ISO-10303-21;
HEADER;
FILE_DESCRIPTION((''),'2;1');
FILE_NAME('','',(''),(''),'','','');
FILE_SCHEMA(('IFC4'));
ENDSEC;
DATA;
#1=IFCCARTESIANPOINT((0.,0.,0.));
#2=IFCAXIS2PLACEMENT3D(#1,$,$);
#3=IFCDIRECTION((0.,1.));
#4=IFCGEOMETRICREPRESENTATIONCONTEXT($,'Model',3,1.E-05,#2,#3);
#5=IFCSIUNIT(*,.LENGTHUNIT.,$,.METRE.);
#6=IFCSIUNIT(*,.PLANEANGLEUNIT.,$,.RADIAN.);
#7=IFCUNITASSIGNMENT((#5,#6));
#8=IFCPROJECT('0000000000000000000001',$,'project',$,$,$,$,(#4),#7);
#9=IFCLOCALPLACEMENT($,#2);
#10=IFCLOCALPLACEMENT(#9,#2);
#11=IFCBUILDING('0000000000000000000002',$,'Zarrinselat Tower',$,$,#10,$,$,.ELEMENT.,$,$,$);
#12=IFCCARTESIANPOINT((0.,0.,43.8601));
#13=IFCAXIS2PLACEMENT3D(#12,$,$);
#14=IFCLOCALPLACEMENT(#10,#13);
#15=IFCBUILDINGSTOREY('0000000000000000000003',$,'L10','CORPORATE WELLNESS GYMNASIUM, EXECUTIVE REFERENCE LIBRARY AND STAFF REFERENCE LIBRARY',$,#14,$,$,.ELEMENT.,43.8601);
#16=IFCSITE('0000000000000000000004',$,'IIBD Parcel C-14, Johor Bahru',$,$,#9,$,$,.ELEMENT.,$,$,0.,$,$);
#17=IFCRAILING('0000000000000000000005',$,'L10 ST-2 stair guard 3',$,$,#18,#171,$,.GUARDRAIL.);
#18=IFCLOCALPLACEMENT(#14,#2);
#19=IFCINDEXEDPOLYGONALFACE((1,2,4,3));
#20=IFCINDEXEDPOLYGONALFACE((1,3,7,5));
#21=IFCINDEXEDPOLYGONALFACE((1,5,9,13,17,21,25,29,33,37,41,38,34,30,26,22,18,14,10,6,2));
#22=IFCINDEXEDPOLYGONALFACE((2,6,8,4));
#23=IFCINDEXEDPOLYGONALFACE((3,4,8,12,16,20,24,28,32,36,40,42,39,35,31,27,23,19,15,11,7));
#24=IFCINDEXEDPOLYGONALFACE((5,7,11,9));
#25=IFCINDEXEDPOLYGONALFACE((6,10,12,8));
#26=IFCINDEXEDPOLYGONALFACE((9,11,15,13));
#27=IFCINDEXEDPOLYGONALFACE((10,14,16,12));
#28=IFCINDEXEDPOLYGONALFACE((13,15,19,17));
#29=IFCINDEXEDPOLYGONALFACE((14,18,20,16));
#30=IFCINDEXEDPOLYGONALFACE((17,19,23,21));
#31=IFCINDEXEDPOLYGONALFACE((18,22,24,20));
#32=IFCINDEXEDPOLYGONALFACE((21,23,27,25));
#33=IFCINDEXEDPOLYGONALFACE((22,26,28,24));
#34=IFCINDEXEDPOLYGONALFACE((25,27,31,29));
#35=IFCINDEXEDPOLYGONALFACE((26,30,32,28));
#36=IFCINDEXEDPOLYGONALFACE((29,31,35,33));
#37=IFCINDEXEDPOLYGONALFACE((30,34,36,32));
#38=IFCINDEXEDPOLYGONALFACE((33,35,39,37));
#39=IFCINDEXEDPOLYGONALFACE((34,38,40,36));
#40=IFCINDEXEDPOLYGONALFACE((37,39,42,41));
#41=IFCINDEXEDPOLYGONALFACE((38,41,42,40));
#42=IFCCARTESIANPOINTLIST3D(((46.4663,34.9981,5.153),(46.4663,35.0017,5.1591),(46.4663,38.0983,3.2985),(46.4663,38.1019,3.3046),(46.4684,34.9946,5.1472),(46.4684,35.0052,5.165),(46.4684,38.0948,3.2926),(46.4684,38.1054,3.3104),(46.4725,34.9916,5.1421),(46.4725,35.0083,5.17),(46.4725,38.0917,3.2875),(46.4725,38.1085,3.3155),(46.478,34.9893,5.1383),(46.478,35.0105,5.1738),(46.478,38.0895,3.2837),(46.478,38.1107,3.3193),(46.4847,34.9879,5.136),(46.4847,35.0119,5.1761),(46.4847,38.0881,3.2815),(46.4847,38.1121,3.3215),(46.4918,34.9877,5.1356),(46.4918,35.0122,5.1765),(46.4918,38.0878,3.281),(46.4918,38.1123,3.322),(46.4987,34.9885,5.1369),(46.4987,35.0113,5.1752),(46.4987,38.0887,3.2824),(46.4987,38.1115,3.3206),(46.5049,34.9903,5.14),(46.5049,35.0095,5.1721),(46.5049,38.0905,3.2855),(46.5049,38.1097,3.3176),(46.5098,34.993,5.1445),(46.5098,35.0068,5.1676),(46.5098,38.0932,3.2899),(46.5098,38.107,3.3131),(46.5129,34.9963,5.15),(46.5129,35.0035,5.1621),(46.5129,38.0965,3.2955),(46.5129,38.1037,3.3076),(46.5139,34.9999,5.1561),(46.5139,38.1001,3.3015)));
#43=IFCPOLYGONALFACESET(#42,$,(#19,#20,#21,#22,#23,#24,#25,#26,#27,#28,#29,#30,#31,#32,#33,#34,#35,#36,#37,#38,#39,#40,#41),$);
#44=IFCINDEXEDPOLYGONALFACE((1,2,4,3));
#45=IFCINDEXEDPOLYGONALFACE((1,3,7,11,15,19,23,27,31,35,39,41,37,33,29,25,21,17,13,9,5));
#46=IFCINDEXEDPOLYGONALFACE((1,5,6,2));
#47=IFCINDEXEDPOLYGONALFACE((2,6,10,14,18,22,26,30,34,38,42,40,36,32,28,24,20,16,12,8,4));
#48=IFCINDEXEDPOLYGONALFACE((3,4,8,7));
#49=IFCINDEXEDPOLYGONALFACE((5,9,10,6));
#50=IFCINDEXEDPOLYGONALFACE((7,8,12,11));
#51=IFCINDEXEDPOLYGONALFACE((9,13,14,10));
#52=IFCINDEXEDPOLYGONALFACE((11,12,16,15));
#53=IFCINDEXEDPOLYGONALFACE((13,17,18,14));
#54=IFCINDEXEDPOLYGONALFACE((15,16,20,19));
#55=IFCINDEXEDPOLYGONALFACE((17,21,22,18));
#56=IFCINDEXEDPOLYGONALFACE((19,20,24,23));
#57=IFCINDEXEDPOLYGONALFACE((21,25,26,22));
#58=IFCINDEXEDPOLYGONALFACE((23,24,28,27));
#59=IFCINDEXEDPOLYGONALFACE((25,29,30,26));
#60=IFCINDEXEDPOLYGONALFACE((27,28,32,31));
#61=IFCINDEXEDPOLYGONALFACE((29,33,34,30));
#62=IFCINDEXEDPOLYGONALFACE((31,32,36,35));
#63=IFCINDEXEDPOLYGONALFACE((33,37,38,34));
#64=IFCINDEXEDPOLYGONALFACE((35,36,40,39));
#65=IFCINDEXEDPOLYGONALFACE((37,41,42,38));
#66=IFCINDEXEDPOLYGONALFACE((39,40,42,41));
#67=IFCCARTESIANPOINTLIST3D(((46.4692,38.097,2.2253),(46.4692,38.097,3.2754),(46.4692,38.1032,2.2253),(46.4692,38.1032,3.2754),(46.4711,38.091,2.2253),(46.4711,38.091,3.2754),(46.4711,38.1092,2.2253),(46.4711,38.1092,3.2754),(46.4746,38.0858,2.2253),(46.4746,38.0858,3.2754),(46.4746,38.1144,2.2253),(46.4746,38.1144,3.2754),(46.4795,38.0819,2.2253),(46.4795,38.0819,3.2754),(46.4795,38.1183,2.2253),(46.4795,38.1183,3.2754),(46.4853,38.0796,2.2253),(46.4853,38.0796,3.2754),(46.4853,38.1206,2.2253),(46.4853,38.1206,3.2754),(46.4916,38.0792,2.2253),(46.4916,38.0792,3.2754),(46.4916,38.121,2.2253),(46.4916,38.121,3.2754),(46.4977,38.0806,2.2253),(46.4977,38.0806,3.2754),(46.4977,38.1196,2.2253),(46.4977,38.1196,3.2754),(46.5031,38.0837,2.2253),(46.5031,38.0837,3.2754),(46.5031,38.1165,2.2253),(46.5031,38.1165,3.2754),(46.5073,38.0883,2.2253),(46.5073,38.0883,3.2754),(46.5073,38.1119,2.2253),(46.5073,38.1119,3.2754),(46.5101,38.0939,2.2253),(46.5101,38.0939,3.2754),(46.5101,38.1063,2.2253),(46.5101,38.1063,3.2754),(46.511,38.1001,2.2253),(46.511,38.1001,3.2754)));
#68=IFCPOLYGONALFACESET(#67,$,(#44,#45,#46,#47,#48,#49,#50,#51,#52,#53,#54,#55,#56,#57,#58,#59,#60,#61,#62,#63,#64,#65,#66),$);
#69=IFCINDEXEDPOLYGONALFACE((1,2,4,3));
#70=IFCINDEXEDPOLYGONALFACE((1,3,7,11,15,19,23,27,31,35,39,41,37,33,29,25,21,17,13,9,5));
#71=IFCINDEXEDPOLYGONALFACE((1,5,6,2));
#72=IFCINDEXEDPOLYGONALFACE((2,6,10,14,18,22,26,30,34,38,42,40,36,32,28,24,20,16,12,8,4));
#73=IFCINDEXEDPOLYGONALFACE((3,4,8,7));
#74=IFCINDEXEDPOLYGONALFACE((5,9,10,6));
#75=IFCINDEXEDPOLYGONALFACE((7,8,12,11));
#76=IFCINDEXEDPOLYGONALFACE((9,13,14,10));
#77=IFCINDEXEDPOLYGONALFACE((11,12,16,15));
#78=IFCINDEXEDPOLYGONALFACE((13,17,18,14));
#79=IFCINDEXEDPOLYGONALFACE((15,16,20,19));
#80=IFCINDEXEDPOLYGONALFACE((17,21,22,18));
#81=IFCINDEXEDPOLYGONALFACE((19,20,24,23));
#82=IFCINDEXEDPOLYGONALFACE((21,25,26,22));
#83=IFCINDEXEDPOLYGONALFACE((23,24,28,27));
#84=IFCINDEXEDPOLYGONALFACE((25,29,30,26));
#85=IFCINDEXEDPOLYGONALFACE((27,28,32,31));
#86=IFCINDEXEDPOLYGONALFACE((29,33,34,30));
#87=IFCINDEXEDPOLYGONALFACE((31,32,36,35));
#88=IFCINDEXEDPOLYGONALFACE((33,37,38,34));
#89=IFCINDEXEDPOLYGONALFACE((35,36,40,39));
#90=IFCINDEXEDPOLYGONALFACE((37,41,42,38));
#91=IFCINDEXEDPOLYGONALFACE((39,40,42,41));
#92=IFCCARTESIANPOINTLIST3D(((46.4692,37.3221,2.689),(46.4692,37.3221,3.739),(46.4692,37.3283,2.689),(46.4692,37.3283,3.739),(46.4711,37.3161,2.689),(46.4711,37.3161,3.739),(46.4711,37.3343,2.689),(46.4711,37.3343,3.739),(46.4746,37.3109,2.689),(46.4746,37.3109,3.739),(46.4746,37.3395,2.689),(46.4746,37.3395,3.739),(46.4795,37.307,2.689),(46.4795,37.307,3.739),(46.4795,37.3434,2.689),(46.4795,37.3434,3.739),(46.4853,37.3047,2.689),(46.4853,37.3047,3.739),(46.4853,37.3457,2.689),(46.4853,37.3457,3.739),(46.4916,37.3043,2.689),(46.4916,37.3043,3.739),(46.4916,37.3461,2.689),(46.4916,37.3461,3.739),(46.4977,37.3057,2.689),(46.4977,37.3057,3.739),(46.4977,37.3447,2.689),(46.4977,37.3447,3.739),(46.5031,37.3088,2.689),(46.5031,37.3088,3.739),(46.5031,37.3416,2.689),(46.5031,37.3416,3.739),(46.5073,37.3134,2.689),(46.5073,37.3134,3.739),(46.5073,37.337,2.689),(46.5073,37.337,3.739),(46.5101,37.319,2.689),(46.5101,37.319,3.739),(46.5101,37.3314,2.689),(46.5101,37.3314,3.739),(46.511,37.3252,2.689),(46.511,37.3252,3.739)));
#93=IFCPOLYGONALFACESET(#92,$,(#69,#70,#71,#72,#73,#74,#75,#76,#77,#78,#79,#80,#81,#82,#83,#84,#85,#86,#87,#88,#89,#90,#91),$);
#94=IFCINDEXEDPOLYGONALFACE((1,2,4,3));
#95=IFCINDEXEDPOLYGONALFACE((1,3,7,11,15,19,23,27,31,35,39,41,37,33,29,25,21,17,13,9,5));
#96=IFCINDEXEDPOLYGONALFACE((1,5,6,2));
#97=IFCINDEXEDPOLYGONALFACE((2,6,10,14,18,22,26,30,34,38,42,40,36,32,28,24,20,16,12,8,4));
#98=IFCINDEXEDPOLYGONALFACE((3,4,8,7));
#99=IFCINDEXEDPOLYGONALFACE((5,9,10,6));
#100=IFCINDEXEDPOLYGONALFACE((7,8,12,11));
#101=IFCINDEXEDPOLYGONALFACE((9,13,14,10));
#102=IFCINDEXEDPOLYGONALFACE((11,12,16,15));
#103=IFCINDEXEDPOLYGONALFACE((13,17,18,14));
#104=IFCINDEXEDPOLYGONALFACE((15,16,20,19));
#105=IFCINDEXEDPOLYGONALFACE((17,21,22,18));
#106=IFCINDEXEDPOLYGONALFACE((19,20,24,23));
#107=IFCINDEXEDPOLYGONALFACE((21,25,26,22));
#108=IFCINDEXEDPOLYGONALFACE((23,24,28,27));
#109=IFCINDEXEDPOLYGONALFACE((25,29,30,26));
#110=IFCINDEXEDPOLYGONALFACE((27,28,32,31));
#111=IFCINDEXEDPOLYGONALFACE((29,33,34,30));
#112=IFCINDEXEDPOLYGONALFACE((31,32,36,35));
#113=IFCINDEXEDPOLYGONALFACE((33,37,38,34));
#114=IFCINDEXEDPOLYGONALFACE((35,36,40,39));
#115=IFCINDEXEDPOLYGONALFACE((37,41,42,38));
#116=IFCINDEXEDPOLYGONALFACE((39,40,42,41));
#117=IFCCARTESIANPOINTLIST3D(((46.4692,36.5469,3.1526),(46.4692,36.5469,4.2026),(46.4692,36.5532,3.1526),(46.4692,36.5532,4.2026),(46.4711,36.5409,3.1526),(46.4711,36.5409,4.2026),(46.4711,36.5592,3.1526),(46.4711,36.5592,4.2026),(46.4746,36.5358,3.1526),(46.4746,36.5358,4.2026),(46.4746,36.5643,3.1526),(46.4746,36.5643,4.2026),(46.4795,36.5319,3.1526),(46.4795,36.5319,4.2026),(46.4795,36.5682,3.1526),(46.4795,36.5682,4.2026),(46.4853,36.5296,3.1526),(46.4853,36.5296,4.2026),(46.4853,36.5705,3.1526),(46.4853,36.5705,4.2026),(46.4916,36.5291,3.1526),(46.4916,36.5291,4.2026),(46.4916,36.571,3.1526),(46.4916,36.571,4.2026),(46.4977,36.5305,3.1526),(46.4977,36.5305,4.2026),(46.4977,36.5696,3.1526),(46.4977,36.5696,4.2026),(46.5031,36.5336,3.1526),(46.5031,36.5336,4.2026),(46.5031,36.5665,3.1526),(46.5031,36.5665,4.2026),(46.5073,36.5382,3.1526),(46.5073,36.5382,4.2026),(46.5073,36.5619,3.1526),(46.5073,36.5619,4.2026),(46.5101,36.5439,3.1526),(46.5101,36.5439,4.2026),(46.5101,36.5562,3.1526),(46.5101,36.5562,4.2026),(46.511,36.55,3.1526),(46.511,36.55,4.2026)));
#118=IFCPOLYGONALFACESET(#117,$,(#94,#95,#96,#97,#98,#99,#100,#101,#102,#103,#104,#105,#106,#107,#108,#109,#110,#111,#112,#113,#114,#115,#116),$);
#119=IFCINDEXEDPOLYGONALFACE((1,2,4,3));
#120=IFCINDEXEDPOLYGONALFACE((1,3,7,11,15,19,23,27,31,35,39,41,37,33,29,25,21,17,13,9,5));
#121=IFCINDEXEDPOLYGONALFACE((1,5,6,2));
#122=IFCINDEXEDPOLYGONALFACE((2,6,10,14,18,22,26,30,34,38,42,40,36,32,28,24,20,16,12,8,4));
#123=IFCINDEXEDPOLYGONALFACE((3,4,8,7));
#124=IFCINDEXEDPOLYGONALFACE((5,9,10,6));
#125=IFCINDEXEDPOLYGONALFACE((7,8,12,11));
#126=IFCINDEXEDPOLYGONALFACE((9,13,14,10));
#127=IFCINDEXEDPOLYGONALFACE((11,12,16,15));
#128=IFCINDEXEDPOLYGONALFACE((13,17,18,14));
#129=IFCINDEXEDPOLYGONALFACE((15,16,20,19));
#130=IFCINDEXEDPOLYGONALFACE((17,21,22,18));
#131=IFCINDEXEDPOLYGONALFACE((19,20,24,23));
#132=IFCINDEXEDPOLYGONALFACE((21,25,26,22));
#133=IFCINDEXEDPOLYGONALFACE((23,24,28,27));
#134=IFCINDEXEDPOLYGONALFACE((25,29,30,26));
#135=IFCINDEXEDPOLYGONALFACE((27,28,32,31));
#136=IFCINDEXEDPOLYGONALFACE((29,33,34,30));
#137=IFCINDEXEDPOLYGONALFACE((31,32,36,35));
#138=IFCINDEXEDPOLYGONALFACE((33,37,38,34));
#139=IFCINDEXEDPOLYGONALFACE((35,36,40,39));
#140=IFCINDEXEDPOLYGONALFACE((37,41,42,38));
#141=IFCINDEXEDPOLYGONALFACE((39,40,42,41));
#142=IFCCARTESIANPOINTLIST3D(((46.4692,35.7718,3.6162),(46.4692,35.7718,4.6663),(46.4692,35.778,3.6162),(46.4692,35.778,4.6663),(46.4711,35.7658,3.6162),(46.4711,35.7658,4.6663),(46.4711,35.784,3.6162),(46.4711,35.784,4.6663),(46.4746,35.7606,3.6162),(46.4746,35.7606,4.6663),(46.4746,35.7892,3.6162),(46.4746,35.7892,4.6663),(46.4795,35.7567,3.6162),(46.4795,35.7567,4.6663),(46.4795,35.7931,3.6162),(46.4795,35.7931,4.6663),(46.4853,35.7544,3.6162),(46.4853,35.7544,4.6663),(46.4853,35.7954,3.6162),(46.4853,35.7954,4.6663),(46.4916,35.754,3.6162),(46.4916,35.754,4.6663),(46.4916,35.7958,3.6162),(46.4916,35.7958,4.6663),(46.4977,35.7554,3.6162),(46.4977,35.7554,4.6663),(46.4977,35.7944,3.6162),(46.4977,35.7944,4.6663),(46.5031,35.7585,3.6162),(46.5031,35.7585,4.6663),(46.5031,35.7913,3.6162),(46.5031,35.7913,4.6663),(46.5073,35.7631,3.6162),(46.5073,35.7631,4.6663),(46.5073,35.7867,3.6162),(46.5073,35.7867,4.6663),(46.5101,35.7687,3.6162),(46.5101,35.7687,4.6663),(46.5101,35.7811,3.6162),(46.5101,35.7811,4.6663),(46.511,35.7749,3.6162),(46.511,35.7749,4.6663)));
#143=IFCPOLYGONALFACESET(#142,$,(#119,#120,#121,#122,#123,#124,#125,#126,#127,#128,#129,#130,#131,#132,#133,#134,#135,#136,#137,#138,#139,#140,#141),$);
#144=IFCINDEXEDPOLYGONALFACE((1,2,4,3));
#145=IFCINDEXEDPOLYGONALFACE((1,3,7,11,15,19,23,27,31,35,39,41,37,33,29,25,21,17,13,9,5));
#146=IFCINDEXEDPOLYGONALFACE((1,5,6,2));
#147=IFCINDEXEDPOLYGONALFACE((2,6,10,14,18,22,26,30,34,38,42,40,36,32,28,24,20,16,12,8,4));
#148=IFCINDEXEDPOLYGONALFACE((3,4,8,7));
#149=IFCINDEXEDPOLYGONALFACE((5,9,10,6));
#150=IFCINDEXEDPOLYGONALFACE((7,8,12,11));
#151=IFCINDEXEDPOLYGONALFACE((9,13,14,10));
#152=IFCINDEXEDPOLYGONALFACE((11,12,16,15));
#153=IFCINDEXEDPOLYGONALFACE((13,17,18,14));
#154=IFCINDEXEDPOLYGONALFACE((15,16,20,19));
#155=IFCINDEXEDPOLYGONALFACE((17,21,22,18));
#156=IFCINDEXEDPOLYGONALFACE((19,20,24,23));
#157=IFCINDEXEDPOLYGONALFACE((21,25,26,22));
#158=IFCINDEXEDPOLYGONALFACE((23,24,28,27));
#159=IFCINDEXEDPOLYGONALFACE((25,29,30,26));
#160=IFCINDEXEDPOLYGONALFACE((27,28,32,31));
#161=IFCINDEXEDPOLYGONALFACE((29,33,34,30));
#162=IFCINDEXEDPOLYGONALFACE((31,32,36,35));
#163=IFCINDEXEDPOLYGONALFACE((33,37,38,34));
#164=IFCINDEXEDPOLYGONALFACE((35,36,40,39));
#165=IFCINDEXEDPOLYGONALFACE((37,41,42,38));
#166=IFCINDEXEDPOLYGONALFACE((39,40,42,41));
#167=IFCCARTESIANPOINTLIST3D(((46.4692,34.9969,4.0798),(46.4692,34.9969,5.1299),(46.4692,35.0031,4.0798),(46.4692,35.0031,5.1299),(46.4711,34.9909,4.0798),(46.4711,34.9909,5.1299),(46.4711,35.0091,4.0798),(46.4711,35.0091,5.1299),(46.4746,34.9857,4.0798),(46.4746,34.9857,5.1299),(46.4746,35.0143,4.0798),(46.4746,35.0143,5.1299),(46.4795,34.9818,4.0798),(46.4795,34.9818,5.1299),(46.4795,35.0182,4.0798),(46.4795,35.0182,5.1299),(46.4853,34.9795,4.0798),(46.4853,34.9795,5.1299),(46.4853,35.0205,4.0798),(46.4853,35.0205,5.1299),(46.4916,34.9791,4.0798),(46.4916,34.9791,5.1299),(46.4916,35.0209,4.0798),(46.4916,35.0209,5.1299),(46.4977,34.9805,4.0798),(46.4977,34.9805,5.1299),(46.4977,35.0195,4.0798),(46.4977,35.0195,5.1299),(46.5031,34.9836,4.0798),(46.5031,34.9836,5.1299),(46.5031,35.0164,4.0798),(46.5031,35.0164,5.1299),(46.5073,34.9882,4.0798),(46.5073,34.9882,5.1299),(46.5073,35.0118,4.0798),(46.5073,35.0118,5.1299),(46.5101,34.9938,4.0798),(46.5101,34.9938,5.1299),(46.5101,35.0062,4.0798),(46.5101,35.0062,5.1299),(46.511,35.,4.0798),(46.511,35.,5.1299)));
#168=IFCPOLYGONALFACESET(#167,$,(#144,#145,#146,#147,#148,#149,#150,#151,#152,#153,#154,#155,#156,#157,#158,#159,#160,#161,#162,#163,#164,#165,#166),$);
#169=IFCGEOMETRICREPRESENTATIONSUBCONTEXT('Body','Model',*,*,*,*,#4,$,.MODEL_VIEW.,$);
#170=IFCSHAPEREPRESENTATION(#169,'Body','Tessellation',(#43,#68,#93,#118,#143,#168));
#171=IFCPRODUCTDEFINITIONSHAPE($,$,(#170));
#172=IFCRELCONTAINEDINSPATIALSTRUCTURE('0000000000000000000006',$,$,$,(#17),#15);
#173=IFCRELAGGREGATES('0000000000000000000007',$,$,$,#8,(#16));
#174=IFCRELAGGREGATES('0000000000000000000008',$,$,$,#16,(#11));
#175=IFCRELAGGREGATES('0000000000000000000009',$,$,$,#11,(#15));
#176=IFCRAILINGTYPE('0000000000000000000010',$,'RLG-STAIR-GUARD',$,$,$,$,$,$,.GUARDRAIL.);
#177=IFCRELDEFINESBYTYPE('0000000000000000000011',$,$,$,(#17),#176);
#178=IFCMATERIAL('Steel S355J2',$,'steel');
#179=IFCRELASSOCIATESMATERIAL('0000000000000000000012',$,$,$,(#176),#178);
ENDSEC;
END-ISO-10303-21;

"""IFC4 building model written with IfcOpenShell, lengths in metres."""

from ifc_helpers import new_model, si_unit, direction, frame, origin, origin_2d, place, context, subcontext, project, spatial, circle, extrude, material, type_object, element, save


model = new_model("IFC4")

# Units and contexts
model_context = context("Model", 3, precision=1e-05, world=origin(), true_north=direction((0.0, 1.0)))
body_context = subcontext(model_context, "Body", "Model", "MODEL_VIEW")
ifc_project = project(units=[si_unit("LENGTHUNIT", "METRE"), si_unit("PLANEANGLEUNIT", "RADIAN")], contexts=[model_context])

# Site, building, storey
site_placement = place(None, origin())
site = spatial("IfcSite", under=ifc_project, at=site_placement, Name="IIBD Parcel C-14, Johor Bahru", CompositionType="ELEMENT", RefElevation=0.0)
building_placement = place(site_placement, origin())
building = spatial("IfcBuilding", under=site, at=building_placement, Name="Zarrinselat Tower", CompositionType="ELEMENT")
storey_placement = place(building_placement, frame((0.0, 0.0, 43.8601)))
storey = spatial("IfcBuildingStorey", under=building, at=storey_placement, Name="L10", Description="CORPORATE WELLNESS GYMNASIUM, EXECUTIVE REFERENCE LIBRARY AND STAFF REFERENCE LIBRARY", CompositionType="ELEMENT", Elevation=43.8601)

# Railing
ifc_material_1 = material(Name="Steel S355J2", Category="steel")
railing_type_1 = type_object("IfcRailingType", Name="RLG-STAIR-GUARD", PredefinedType="GUARDRAIL", material=ifc_material_1)
railing_1_placement = place(storey_placement, frame((46.49, 38.1001, 2.2253)))
element("IfcRailing", 1, at=railing_1_placement, inside=storey, type_object=railing_type_1, Name="L10 ST-2 stair guard 3", PredefinedType="GUARDRAIL", context=body_context, shape_type="SweptSolid", body=[
    extrude(circle(Radius=0.0239, at=origin_2d()), frame((0.0, 0.0, 1.0762), z_axis=(0.0, -0.858172, 0.513362), x_axis=(1.0, 0.0, 0.0)), (0.0, 0.0, 1.0), 3.6125),
    extrude(circle(Radius=0.021, at=origin_2d()), origin(), (0.0, 0.0, 1.0), 1.05),
    extrude(circle(Radius=0.021, at=origin_2d()), frame((0.0, -0.7749, 0.4636)), (0.0, 0.0, 1.0), 1.05),
    extrude(circle(Radius=0.021, at=origin_2d()), frame((0.0, -1.55, 0.9272)), (0.0, 0.0, 1.0), 1.05),
    extrude(circle(Radius=0.021, at=origin_2d()), frame((0.0, -2.3252, 1.3909)), (0.0, 0.0, 1.0), 1.05),
    extrude(circle(Radius=0.021, at=origin_2d()), frame((0.0, -3.1001, 1.8545)), (0.0, 0.0, 1.0), 1.05),
])

save(model, "model.ifc")
